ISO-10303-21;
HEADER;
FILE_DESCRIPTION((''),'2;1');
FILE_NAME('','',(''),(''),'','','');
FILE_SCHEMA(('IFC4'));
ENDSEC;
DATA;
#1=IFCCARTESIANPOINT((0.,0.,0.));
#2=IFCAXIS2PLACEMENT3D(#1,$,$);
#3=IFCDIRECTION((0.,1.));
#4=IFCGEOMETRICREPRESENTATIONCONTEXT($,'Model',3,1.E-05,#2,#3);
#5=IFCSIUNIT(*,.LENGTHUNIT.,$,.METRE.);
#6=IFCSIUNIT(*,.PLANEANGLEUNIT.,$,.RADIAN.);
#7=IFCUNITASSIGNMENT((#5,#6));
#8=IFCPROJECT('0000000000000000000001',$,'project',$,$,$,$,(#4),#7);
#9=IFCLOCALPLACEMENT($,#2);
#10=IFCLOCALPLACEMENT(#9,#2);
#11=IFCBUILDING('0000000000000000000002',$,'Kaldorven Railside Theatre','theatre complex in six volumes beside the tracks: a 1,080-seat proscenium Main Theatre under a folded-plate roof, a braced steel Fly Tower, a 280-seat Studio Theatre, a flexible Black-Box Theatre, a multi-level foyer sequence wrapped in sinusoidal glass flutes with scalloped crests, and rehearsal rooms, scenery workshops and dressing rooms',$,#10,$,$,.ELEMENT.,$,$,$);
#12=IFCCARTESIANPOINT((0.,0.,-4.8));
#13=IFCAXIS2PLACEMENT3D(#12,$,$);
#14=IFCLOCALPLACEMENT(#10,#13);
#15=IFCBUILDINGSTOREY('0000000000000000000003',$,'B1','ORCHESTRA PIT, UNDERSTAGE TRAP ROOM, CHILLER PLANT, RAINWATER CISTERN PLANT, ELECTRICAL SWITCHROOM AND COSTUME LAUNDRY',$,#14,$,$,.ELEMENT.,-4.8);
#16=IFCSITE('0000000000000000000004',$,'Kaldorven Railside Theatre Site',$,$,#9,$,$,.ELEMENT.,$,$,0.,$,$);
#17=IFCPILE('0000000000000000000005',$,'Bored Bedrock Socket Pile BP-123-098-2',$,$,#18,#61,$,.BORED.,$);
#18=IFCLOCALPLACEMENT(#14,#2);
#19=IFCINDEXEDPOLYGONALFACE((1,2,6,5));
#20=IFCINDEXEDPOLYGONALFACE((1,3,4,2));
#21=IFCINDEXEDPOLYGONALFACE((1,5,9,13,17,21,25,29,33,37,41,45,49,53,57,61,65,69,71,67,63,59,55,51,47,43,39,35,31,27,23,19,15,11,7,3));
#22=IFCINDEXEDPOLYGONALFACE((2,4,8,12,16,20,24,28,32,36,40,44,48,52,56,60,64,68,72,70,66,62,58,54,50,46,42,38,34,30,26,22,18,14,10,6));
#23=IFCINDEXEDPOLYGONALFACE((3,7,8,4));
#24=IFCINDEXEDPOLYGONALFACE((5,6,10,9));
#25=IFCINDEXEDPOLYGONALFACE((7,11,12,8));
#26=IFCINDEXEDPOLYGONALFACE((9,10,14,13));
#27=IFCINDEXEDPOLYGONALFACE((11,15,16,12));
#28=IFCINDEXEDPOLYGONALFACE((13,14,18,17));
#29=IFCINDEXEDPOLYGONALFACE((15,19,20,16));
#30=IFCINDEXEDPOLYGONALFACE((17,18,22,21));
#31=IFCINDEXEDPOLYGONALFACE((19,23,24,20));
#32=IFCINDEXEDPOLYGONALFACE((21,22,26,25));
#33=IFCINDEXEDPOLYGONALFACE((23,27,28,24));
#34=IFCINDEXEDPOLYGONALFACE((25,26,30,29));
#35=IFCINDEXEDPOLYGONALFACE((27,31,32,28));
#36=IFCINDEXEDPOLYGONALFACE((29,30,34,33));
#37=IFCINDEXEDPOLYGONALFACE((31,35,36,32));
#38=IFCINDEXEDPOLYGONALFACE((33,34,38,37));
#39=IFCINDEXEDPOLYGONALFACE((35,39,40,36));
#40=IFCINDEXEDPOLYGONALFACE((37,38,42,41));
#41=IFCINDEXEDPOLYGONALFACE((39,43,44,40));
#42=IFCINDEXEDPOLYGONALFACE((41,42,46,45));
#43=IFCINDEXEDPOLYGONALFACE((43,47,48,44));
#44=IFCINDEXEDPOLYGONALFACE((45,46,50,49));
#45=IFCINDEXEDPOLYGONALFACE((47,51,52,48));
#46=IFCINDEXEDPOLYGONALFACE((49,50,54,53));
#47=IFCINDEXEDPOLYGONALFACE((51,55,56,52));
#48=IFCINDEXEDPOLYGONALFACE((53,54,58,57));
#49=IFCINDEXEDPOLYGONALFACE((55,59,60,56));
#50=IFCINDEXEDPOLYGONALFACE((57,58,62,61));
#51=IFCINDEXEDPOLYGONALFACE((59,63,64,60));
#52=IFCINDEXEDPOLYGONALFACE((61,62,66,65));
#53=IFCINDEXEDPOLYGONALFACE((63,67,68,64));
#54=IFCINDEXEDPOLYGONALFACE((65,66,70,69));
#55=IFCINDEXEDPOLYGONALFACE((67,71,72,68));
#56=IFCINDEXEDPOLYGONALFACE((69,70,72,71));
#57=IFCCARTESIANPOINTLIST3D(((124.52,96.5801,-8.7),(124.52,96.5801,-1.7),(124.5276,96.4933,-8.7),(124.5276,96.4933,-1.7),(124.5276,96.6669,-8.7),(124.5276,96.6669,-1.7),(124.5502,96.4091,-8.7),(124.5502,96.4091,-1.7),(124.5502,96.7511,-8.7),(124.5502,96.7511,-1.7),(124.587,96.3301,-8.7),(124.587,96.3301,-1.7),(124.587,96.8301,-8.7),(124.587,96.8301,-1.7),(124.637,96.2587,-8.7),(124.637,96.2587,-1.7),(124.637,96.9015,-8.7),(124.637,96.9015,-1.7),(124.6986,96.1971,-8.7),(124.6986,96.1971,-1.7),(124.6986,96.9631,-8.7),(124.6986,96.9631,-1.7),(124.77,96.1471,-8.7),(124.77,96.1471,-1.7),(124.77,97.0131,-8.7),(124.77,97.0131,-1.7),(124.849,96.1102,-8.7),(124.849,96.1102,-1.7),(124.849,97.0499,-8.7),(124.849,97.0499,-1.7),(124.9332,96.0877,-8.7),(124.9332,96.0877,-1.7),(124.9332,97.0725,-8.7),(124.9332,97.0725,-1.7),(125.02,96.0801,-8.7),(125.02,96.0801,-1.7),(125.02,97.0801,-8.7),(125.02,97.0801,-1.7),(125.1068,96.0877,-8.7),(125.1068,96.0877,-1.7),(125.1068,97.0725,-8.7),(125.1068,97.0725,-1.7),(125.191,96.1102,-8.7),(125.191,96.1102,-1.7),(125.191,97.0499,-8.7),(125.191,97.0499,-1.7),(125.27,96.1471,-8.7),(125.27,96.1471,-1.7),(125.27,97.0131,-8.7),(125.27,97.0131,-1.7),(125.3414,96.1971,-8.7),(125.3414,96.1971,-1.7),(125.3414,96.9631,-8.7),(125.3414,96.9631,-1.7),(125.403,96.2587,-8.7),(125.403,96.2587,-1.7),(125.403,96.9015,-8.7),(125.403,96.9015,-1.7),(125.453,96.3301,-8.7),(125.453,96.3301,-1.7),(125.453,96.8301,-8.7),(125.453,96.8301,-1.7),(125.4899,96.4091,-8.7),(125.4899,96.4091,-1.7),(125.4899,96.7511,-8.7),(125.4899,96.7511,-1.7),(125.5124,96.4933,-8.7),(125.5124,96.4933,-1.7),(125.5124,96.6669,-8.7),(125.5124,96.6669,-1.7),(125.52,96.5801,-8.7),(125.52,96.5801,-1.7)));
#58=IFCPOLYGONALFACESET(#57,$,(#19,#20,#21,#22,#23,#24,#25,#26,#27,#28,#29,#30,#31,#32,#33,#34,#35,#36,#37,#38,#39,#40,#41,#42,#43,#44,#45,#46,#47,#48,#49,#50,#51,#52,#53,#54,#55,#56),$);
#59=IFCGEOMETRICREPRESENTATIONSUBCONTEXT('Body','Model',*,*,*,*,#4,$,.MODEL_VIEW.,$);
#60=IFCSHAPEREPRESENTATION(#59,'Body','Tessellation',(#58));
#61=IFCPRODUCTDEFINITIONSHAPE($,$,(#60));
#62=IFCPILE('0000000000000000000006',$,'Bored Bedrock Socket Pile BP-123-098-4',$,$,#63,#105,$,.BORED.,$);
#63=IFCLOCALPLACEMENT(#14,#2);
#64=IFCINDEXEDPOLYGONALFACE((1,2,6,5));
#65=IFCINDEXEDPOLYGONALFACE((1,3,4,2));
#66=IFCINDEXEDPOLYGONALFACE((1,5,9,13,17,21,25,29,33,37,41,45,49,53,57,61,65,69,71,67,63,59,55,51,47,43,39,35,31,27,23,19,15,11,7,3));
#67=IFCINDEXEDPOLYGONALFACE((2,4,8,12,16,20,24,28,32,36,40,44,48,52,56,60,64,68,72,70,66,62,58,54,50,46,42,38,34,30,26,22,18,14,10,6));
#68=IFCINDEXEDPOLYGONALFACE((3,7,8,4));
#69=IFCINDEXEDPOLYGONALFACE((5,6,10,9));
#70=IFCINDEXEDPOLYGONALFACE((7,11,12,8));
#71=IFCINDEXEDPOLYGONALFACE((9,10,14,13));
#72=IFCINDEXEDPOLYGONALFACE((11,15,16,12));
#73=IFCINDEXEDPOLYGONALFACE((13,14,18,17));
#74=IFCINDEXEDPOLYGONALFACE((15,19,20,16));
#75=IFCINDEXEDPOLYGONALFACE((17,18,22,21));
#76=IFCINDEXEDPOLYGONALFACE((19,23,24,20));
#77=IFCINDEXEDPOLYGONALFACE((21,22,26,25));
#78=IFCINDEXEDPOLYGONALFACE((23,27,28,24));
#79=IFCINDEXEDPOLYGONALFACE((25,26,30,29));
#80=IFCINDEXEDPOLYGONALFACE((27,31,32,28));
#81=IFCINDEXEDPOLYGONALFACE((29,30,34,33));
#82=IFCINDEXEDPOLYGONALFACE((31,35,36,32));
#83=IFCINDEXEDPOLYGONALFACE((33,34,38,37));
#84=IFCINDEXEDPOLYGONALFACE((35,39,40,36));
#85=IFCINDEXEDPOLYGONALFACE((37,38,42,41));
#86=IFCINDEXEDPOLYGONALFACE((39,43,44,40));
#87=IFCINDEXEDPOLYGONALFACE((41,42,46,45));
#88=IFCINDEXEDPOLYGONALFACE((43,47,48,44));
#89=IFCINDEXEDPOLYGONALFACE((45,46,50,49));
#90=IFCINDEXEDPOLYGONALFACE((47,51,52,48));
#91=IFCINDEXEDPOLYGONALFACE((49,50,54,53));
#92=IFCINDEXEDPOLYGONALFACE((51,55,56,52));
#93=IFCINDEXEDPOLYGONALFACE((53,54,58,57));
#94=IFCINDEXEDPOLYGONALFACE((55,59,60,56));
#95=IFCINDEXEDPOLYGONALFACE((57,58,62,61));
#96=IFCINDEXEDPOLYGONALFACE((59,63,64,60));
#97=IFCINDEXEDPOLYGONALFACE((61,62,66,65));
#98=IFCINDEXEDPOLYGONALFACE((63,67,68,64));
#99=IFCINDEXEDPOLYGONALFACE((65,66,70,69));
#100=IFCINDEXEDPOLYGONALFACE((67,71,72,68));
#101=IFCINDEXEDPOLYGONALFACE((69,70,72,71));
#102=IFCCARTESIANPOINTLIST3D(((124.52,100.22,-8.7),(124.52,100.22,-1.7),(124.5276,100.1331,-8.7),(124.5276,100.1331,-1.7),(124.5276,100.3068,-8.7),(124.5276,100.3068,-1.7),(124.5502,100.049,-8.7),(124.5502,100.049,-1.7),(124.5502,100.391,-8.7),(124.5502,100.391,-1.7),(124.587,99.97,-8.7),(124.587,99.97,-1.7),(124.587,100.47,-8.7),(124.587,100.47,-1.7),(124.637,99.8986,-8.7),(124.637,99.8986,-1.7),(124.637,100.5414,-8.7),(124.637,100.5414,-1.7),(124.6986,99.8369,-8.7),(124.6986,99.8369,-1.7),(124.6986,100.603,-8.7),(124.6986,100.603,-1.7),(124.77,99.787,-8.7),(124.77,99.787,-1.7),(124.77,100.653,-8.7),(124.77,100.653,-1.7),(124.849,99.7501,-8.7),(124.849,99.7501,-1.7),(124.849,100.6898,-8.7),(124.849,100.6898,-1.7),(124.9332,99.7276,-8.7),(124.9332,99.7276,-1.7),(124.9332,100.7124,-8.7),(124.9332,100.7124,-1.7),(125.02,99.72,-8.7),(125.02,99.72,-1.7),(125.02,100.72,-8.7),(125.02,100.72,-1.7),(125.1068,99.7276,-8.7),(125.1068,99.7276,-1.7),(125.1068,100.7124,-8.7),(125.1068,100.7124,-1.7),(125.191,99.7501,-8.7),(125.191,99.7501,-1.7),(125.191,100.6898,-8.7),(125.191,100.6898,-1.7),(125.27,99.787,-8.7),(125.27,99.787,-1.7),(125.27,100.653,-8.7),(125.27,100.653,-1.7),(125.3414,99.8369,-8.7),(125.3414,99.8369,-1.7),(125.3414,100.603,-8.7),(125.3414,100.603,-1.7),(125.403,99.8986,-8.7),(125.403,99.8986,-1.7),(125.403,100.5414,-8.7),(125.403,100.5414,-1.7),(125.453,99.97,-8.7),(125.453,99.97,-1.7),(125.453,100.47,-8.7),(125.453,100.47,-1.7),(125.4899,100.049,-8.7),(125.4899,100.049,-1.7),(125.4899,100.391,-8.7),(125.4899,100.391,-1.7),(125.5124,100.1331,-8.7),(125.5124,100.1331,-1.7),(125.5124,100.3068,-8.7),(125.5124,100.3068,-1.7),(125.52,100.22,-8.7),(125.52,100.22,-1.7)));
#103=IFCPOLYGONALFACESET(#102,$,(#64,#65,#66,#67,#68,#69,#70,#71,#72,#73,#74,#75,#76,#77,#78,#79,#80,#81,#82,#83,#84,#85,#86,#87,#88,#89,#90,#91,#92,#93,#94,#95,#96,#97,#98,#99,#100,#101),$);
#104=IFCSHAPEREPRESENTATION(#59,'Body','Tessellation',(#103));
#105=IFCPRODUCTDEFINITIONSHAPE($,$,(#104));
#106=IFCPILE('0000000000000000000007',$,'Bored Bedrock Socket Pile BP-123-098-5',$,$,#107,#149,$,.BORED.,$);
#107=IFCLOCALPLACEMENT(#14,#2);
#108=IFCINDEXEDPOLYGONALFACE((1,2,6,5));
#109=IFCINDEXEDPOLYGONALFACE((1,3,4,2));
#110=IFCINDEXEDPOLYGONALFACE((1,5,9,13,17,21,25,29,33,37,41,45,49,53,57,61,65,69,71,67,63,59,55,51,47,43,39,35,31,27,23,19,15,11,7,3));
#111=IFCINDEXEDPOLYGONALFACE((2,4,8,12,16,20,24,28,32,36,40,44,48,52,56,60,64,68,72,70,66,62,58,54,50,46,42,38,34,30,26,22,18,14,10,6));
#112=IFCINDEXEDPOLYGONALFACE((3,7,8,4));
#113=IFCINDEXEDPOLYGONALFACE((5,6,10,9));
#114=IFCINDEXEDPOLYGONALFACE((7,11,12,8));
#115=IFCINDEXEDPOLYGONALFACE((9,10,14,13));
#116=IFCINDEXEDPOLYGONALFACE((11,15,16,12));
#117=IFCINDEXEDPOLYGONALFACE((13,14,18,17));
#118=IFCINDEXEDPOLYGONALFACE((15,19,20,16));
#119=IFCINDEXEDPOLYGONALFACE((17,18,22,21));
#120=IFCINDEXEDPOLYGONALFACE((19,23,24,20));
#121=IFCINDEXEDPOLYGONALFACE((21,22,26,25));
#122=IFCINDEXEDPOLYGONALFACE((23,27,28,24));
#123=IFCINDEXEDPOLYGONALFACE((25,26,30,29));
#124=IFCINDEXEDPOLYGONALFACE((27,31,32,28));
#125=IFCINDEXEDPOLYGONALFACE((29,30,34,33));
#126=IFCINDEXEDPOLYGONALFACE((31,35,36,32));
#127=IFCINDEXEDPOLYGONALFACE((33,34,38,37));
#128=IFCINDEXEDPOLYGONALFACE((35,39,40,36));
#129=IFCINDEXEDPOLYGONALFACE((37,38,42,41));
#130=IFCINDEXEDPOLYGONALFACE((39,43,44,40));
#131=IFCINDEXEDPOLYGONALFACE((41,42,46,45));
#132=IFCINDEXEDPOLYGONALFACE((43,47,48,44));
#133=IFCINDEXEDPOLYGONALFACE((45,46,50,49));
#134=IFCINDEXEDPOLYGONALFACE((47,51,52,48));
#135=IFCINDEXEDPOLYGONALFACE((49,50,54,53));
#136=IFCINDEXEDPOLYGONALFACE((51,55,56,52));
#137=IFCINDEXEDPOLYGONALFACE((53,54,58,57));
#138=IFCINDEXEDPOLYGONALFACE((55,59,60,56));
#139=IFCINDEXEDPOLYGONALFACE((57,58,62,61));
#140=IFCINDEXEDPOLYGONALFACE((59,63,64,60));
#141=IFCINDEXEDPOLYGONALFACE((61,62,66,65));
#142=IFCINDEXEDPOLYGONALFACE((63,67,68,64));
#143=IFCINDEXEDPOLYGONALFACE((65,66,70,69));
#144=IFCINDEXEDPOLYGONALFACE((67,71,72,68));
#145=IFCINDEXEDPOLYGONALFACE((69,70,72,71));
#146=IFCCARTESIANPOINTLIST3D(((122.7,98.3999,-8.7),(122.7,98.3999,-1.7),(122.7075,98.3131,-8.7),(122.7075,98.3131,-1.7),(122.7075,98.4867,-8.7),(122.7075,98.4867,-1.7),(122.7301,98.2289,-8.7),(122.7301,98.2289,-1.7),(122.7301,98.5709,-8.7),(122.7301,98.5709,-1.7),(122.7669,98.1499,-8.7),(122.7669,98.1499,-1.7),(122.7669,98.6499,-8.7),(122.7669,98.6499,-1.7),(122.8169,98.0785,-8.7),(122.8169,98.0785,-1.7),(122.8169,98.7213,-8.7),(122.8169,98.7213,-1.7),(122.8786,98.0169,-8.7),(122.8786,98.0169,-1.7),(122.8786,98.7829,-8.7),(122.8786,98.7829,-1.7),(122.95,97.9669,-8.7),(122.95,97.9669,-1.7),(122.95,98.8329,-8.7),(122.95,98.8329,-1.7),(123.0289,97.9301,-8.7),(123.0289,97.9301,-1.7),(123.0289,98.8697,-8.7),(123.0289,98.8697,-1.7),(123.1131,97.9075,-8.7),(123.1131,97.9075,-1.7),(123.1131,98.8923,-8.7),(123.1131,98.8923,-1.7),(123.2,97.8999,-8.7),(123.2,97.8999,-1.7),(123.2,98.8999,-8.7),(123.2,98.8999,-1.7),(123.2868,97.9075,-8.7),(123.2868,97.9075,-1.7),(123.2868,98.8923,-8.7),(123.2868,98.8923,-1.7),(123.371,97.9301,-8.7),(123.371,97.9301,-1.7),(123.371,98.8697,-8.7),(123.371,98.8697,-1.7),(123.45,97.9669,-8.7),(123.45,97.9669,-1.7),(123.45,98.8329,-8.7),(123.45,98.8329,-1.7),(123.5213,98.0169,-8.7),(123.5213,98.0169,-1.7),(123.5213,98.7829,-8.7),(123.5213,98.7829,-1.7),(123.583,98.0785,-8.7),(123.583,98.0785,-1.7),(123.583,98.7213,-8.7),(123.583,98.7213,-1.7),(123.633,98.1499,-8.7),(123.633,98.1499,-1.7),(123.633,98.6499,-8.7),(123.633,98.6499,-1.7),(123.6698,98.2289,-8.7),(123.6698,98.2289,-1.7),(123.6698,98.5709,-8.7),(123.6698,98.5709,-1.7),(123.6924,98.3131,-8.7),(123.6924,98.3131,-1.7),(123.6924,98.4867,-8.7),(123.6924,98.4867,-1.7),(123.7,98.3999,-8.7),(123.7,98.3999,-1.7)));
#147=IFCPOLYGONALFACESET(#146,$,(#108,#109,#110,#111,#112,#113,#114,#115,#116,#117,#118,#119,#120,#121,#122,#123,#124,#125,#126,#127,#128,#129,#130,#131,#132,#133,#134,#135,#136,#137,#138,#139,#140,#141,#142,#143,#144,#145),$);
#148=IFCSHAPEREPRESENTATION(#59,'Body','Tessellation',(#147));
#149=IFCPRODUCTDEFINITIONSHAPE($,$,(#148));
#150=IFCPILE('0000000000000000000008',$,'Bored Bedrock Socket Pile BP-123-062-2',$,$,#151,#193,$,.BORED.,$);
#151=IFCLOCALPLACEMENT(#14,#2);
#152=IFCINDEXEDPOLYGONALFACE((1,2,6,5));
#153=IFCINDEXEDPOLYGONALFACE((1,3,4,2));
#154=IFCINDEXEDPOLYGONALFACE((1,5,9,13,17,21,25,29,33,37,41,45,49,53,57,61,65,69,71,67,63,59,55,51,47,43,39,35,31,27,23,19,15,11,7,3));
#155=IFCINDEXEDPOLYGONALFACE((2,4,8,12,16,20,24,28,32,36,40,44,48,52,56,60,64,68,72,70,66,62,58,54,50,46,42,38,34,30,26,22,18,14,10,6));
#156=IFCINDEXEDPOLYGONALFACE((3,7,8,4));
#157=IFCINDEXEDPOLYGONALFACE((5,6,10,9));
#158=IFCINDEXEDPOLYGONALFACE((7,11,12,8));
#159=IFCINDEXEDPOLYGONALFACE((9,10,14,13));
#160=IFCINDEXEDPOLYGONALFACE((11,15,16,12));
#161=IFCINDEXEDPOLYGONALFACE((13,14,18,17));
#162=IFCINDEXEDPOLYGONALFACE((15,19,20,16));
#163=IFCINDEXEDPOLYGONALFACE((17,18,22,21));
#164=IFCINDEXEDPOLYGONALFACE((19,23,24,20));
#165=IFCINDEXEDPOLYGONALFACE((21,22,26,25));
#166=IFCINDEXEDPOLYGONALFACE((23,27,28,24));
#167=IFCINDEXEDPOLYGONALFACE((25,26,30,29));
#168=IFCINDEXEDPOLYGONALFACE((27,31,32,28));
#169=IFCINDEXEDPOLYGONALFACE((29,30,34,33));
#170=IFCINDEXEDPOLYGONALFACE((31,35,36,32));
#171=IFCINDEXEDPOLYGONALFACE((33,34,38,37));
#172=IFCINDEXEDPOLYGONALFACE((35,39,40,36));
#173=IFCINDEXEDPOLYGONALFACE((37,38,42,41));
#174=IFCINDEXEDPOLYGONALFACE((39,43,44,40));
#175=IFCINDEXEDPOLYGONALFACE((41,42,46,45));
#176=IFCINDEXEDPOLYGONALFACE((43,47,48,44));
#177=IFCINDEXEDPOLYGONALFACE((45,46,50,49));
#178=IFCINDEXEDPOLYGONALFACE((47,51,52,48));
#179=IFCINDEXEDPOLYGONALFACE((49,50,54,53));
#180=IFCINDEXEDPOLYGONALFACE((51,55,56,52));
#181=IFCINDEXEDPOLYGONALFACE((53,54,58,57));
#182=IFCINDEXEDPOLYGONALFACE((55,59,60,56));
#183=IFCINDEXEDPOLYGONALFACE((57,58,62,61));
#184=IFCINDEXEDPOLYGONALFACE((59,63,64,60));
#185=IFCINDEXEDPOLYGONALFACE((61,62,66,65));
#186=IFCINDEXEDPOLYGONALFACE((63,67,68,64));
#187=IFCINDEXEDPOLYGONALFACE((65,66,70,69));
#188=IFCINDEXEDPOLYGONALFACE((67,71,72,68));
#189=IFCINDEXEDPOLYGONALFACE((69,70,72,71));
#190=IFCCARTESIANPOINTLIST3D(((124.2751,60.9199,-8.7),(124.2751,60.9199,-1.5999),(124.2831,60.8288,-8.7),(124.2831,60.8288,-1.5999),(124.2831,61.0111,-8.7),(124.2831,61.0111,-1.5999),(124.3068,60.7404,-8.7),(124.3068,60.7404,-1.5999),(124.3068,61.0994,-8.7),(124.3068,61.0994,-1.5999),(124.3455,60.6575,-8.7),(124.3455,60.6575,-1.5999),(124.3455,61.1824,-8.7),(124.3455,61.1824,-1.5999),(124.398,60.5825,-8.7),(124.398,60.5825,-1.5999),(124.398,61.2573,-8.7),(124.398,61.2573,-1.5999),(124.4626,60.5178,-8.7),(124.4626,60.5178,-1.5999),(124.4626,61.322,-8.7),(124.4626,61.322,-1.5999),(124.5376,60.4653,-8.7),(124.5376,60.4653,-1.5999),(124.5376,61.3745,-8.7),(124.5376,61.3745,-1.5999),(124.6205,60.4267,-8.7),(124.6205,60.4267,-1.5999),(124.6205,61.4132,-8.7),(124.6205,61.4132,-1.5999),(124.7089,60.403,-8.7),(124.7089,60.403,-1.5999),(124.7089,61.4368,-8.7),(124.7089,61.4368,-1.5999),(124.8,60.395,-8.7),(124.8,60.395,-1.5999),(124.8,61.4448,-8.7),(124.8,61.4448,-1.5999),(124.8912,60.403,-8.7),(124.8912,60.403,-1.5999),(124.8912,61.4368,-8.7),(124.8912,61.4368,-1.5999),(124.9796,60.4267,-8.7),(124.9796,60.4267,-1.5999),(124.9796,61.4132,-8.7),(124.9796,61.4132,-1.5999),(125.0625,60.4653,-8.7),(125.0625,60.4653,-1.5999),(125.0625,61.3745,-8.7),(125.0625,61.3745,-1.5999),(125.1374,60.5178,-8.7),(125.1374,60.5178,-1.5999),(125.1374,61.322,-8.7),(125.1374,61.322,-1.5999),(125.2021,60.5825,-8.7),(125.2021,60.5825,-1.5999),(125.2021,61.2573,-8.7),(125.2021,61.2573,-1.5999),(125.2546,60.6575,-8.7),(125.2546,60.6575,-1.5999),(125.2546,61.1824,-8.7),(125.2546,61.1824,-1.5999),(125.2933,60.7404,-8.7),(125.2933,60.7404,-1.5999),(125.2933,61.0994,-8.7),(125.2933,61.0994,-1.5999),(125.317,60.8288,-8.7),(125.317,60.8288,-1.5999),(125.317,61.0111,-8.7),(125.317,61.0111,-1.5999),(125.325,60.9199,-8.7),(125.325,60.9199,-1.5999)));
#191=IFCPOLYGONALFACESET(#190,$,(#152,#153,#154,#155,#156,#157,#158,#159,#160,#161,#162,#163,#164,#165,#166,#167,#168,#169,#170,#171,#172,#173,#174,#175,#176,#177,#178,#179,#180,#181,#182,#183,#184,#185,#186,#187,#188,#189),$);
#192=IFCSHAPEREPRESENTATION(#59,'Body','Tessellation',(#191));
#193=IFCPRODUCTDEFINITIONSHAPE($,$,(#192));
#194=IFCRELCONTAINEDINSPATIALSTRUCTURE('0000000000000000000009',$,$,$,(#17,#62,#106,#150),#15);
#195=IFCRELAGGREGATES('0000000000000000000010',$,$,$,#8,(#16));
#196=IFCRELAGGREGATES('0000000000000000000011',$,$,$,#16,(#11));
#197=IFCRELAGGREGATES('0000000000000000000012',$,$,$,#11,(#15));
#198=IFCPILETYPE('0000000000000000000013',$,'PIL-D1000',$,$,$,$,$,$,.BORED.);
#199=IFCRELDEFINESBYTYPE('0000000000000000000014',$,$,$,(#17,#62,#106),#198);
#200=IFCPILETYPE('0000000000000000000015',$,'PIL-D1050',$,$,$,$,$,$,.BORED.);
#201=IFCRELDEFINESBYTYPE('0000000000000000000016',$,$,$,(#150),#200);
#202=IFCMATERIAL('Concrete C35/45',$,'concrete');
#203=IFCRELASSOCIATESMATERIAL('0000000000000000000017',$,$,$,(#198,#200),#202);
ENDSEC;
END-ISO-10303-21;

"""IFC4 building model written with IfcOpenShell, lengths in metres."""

from ifc_helpers import new_model, si_unit, direction, frame, origin, origin_2d, place, context, subcontext, project, spatial, circle, extrude, material, material_profile, profile_set, type_object, element, save


model = new_model("IFC4")

# Units and contexts
model_context = context("Model", 3, precision=1e-05, world=origin(), true_north=direction((0.0, 1.0)))
body_context = subcontext(model_context, "Body", "Model", "MODEL_VIEW")
ifc_project = project(units=[si_unit("LENGTHUNIT", "METRE"), si_unit("PLANEANGLEUNIT", "RADIAN")], contexts=[model_context])

# Site, building, storey
site_placement = place(None, origin())
site = spatial("IfcSite", under=ifc_project, at=site_placement, Name="Kaldorven Railside Theatre Site", CompositionType="ELEMENT", RefElevation=0.0)
building_placement = place(site_placement, origin())
building = spatial("IfcBuilding", under=site, at=building_placement, Name="Kaldorven Railside Theatre", Description="theatre complex in six volumes beside the tracks: a 1,080-seat proscenium Main Theatre under a folded-plate roof, a braced steel Fly Tower, a 280-seat Studio Theatre, a flexible Black-Box Theatre, a multi-level foyer sequence wrapped in sinusoidal glass flutes with scalloped crests, and rehearsal rooms, scenery workshops and dressing rooms", CompositionType="ELEMENT")
storey_placement = place(building_placement, frame((0.0, 0.0, -4.8)))
storey = spatial("IfcBuildingStorey", under=building, at=storey_placement, Name="B1", Description="ORCHESTRA PIT, UNDERSTAGE TRAP ROOM, CHILLER PLANT, RAINWATER CISTERN PLANT, ELECTRICAL SWITCHROOM AND COSTUME LAUNDRY", CompositionType="ELEMENT", Elevation=-4.8)

# Piles
ifc_material_1 = material(Name="Concrete C35/45", Category="concrete")
ifc_material_profile_1 = material_profile(ifc_material_1, circle(Radius=0.5, at=origin_2d()), Name="BP D1000")
ifc_profile_set_1 = profile_set([ifc_material_profile_1], Name="Concrete C35/45")
pile_type_1 = type_object("IfcPileType", Name="PIL-D1000", PredefinedType="BORED", material=ifc_profile_set_1)
for number, where, z_axis, x_axis, name in (
    (1, (125.02, 96.5801, -1.7), (0.0, 0.0, -1.0), (1.0, 0.0, 0.0), "Bored Bedrock Socket Pile BP-123-098-2"),
    (2, (125.02, 100.22, -1.7), (0.0, 0.0, -1.0), (1.0, 0.0, 0.0), "Bored Bedrock Socket Pile BP-123-098-4"),
    (3, (123.2, 98.3999, -1.7), (0.0, 0.0, -1.0), (1.0, 0.0, 0.0), "Bored Bedrock Socket Pile BP-123-098-5"),
):
    element("IfcPile", number, at=place(storey_placement, frame(where, z_axis=z_axis, x_axis=x_axis)), inside=storey, type_object=pile_type_1, Name=name, PredefinedType="BORED", context=body_context, shape_type="SweptSolid", body=[
        extrude(circle(Radius=0.5, at=origin_2d()), origin(), (0.0, 0.0, 1.0), 7.0),
    ])
ifc_material_profile_2 = material_profile(ifc_material_1, circle(Radius=0.5249, at=origin_2d()), Name="BP D1050")
ifc_profile_set_2 = profile_set([ifc_material_profile_2], Name="Concrete C35/45")
pile_type_2 = type_object("IfcPileType", Name="PIL-D1050", PredefinedType="BORED", material=ifc_profile_set_2)
for number, where, z_axis, x_axis, name in (
    (4, (124.8, 60.9199, -1.5999), (0.0, 0.0, -1.0), (1.0, 0.0, 0.0), "Bored Bedrock Socket Pile BP-123-062-2"),
):
    element("IfcPile", number, at=place(storey_placement, frame(where, z_axis=z_axis, x_axis=x_axis)), inside=storey, type_object=pile_type_2, Name=name, PredefinedType="BORED", context=body_context, shape_type="SweptSolid", body=[
        extrude(circle(Radius=0.5249, at=origin_2d()), origin(), (0.0, 0.0, 1.0), 7.1001),
    ])

save(model, "model.ifc")
